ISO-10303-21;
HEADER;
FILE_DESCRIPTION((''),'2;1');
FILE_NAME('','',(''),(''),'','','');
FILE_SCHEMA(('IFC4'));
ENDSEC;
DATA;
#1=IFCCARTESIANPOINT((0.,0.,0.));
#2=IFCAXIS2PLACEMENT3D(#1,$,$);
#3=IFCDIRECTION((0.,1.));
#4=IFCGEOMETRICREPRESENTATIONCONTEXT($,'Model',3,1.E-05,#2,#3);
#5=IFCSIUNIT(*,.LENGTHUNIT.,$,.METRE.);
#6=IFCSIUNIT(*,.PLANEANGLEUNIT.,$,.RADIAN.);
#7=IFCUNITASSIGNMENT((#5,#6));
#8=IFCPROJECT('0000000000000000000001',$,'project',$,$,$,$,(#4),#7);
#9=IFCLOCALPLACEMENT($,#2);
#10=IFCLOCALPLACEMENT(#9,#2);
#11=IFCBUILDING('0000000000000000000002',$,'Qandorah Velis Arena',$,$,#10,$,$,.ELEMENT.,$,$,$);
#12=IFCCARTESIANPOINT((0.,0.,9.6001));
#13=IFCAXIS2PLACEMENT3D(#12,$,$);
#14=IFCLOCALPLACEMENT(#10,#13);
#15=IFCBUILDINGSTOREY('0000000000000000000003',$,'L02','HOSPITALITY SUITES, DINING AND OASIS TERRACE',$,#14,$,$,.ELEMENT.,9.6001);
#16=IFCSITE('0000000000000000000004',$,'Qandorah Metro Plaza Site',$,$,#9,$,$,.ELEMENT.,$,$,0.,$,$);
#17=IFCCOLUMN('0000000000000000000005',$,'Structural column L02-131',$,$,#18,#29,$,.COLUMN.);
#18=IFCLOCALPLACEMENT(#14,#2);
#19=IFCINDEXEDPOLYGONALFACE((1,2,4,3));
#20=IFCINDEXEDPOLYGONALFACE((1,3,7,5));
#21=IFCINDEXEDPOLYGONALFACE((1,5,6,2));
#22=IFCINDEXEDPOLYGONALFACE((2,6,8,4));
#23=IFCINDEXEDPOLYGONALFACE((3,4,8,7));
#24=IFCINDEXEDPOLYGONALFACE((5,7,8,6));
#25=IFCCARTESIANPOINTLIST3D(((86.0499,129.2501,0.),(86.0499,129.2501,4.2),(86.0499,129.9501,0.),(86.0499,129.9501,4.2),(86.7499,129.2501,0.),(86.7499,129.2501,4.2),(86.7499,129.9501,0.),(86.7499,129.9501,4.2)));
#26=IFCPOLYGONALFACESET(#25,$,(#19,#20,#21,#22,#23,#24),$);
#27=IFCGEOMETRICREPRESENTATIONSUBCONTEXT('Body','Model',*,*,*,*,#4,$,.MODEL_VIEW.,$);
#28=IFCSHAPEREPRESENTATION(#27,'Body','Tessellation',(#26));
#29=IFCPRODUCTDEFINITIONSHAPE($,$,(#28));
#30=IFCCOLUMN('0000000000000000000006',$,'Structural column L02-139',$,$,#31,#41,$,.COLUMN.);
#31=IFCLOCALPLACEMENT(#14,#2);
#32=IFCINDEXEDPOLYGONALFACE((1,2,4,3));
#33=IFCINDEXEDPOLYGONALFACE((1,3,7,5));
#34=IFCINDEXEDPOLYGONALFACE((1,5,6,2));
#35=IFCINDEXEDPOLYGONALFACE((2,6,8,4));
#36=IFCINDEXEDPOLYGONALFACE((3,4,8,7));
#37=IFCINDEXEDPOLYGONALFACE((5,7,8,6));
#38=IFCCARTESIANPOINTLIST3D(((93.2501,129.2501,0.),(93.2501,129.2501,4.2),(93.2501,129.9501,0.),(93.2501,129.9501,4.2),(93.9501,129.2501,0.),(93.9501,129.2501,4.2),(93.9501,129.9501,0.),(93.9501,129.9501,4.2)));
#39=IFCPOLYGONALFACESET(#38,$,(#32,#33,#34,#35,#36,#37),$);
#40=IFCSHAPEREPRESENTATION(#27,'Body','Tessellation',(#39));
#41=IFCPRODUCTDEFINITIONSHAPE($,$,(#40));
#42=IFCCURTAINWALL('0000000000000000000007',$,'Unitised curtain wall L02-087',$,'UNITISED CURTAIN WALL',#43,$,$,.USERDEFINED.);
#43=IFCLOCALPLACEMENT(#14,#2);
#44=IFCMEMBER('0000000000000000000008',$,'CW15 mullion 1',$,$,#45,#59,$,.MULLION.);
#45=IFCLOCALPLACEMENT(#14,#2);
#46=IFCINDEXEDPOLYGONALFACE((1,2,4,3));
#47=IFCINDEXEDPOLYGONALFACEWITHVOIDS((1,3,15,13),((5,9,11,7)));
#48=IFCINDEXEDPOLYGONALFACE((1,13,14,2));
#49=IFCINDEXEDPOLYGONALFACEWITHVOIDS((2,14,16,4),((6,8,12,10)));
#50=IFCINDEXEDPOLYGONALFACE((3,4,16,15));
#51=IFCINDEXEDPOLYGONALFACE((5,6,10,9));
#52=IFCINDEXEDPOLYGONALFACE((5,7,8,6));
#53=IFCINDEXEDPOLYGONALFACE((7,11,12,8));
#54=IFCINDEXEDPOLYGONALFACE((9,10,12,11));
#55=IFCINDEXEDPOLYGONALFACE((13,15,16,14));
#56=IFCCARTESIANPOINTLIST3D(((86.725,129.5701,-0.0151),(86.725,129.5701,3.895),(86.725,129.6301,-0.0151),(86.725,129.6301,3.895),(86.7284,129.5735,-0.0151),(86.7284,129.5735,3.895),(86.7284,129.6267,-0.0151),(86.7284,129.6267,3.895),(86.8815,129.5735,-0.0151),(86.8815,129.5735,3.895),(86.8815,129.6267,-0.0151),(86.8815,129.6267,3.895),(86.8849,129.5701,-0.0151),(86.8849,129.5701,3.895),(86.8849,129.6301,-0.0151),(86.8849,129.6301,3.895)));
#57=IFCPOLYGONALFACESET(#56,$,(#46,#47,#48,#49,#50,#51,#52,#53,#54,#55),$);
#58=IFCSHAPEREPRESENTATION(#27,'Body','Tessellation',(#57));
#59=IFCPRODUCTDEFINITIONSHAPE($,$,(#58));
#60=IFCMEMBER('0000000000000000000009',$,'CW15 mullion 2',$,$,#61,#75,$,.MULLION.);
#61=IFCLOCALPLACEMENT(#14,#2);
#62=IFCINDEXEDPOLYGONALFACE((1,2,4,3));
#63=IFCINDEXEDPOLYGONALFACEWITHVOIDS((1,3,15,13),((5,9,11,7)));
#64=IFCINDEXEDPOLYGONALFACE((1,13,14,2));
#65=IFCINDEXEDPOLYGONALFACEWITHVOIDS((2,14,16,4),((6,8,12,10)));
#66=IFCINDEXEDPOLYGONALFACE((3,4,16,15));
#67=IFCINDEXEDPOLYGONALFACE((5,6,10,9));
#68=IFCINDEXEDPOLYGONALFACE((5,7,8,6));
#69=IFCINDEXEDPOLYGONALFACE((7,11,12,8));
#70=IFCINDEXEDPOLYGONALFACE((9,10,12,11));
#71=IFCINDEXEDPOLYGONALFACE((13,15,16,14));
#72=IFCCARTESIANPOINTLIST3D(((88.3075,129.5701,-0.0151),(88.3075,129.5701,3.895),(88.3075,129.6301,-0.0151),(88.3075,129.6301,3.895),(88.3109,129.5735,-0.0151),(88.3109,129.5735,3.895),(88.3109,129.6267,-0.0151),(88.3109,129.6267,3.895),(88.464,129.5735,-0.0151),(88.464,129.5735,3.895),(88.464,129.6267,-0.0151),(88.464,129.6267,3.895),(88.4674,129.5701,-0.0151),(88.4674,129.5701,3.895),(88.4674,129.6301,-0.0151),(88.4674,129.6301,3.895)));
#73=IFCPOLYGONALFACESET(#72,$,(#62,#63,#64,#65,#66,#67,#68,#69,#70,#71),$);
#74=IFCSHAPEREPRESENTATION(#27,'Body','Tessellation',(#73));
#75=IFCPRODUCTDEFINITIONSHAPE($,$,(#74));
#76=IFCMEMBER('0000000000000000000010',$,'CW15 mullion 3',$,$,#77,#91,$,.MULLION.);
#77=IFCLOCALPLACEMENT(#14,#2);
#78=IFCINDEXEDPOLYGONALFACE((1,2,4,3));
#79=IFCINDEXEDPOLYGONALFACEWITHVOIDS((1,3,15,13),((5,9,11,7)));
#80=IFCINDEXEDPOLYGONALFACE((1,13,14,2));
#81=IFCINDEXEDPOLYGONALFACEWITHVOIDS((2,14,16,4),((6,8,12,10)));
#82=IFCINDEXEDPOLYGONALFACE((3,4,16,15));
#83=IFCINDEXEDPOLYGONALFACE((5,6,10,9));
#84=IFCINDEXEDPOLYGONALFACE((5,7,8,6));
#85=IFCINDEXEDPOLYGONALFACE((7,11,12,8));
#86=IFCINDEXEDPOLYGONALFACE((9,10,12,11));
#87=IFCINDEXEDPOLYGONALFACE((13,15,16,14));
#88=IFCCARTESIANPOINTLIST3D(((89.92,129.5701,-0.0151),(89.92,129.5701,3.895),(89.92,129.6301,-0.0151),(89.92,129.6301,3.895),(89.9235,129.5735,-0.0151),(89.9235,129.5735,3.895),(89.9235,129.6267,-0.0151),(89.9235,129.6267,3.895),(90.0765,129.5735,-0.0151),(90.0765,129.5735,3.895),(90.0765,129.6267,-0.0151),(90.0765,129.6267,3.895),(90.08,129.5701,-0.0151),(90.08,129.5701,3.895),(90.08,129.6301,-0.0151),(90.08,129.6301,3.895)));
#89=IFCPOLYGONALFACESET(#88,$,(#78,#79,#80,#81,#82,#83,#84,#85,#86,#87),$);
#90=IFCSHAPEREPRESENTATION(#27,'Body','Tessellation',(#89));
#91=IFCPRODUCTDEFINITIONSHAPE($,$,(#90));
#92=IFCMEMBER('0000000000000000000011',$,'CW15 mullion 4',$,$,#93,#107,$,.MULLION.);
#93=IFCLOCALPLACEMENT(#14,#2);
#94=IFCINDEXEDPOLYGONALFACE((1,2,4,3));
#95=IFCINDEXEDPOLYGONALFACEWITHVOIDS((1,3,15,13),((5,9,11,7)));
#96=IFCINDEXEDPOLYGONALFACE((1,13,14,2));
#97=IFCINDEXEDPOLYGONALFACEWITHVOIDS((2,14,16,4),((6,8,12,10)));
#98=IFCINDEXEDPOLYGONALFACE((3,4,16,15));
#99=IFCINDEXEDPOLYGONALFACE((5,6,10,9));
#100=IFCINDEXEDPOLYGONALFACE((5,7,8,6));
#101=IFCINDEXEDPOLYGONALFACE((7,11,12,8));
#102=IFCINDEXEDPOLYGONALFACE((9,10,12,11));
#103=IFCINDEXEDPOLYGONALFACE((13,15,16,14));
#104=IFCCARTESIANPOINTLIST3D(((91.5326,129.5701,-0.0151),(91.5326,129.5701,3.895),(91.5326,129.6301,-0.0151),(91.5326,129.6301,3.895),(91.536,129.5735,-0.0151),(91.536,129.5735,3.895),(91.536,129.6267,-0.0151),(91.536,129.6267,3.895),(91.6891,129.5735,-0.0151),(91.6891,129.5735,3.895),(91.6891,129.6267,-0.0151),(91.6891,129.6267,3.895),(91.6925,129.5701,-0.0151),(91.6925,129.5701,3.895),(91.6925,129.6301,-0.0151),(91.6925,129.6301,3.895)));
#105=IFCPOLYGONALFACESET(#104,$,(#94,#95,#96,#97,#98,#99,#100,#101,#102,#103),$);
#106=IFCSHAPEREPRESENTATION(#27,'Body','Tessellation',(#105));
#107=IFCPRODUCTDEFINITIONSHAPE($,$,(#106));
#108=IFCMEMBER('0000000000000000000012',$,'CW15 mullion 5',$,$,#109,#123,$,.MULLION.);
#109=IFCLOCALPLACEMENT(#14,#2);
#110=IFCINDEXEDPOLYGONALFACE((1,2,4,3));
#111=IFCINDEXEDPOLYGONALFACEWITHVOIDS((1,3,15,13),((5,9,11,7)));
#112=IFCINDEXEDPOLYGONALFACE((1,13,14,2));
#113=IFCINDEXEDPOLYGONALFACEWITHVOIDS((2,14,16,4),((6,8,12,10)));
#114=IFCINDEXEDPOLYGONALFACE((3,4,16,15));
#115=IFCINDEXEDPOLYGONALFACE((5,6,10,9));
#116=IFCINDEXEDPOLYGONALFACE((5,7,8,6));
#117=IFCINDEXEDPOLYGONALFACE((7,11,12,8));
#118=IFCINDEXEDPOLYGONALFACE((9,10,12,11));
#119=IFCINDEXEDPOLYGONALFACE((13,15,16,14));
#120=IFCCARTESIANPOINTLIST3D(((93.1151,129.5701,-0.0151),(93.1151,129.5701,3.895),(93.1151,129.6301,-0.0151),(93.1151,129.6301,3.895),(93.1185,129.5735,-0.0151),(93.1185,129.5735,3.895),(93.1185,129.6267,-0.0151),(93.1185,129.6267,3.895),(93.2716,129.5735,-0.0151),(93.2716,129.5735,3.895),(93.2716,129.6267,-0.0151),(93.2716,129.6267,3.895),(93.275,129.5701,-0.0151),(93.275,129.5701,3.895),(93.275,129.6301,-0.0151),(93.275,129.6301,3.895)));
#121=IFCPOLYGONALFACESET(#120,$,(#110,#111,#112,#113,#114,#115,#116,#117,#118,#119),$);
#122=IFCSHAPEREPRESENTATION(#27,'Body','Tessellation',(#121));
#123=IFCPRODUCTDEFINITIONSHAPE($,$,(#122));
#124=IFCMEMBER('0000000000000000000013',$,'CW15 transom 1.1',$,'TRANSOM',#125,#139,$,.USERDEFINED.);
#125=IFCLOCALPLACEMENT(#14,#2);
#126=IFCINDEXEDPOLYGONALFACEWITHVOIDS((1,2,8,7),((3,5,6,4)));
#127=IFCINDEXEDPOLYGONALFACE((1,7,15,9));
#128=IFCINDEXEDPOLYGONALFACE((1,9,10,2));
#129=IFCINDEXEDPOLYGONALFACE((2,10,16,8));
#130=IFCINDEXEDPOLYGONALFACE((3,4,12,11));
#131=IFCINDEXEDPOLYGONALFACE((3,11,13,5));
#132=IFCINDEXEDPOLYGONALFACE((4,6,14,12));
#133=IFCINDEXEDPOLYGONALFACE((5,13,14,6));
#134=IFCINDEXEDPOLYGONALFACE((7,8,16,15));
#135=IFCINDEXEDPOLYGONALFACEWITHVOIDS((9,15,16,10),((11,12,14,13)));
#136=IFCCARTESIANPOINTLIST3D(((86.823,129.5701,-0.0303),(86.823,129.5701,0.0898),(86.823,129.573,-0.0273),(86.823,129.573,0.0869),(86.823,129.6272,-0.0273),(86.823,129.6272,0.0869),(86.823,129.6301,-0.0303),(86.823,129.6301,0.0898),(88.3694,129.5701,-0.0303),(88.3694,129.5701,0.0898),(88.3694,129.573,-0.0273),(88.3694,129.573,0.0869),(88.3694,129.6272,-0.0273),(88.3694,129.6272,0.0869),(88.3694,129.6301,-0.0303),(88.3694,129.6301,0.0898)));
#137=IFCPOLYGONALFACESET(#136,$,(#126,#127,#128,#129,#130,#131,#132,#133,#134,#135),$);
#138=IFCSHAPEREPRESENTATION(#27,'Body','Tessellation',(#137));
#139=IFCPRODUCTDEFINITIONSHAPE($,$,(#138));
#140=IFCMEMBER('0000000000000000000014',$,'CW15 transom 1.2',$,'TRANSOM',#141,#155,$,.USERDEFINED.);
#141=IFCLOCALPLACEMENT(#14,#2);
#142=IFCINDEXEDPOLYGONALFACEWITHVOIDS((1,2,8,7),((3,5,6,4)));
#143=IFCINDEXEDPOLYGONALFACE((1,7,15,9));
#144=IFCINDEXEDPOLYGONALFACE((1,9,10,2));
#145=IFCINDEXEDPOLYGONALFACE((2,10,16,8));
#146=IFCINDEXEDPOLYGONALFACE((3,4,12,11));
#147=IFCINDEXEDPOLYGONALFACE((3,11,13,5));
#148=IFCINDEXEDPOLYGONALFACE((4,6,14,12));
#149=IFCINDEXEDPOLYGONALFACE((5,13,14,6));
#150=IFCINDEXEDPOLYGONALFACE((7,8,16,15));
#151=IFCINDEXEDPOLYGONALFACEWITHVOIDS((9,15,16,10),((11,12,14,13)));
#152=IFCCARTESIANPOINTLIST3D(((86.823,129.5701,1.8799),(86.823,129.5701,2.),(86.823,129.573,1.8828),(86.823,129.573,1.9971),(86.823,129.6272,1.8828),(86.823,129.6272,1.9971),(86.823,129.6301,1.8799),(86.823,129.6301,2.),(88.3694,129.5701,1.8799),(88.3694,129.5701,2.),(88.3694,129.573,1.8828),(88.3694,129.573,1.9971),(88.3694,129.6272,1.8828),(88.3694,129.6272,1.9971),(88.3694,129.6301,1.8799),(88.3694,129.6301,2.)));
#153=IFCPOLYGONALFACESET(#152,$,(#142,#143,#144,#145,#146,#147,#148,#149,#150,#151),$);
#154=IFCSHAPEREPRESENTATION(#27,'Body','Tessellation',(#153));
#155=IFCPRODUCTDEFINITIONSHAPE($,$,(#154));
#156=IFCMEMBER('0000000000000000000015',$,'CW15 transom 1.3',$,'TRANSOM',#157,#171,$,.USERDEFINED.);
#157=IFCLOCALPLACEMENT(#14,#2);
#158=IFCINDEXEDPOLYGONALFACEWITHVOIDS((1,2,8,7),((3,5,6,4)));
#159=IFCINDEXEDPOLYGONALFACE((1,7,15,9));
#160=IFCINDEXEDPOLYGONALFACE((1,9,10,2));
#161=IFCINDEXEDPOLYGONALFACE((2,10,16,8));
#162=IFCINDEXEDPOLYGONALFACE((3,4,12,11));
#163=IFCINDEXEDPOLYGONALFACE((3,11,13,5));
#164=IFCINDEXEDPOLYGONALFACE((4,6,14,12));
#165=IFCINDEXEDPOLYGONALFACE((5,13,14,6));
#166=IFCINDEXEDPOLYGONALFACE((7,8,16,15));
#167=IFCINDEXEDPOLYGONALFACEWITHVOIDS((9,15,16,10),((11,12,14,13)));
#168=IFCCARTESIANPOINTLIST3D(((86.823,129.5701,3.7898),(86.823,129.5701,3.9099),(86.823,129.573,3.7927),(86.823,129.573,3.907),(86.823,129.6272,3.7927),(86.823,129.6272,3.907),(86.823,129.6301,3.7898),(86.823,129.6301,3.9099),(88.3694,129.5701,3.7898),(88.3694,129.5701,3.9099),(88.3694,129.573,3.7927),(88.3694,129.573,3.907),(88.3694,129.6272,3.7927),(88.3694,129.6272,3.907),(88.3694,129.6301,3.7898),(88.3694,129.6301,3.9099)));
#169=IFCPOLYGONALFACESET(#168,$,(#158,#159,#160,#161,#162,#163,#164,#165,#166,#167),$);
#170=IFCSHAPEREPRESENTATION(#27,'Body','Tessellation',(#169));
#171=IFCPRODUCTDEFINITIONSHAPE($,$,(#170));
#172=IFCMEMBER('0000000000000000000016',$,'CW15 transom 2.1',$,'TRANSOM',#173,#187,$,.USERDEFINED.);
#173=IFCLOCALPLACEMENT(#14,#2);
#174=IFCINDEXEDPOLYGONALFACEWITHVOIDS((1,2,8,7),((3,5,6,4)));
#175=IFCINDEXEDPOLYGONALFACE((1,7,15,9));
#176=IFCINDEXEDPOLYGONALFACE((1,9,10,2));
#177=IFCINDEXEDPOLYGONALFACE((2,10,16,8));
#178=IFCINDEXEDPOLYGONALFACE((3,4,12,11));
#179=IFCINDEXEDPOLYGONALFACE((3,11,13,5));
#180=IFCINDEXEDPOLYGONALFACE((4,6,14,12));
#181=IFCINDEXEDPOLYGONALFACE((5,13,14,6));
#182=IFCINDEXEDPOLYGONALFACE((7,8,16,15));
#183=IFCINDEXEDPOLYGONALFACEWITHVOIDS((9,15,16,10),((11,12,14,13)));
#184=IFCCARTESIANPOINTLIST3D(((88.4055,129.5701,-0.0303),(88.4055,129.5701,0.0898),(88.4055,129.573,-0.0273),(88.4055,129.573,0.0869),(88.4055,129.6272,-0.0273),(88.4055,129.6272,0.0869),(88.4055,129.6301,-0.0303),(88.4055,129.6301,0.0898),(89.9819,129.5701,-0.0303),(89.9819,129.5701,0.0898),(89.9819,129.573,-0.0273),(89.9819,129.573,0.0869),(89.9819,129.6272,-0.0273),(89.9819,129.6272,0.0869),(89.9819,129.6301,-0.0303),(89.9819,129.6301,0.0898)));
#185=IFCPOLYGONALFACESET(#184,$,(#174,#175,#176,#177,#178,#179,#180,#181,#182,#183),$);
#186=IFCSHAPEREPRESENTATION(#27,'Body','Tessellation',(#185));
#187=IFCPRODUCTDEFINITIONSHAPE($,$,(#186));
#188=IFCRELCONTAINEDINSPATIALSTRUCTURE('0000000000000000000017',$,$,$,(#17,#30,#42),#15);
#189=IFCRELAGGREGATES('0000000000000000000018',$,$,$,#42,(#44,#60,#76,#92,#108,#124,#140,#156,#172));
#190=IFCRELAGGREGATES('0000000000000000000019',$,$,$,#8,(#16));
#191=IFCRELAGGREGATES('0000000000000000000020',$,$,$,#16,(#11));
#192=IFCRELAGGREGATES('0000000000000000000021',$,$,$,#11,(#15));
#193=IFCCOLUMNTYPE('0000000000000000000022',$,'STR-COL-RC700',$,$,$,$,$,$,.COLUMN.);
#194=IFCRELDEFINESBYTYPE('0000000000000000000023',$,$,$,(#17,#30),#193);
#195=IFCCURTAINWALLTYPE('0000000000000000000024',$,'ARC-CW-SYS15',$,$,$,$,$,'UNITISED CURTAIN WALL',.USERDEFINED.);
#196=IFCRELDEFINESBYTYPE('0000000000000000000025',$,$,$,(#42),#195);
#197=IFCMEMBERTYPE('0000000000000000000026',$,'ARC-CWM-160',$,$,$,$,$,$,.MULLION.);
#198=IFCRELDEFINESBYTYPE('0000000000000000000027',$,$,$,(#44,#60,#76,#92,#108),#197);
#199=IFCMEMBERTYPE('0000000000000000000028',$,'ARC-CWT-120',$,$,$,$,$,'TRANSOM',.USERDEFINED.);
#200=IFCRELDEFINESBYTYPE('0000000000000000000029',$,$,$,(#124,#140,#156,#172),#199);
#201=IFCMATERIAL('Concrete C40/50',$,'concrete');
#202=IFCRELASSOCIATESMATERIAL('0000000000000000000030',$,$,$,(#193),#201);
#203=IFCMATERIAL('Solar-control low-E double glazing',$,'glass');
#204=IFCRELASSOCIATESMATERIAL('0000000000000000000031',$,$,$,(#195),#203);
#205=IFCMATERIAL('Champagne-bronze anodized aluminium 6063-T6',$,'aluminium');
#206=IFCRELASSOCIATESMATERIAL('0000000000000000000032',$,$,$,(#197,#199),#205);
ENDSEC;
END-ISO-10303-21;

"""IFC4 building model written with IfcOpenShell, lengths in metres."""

from ifc_helpers import new_model, si_unit, direction, frame, origin, origin_2d, place, context, subcontext, project, spatial, rectangle, hollow_rectangle, extrude, material, material_profile, profile_set, type_object, element, aggregate, save


model = new_model("IFC4")

# Units and contexts
model_context = context("Model", 3, precision=1e-05, world=origin(), true_north=direction((0.0, 1.0)))
body_context = subcontext(model_context, "Body", "Model", "MODEL_VIEW")
ifc_project = project(units=[si_unit("LENGTHUNIT", "METRE"), si_unit("PLANEANGLEUNIT", "RADIAN")], contexts=[model_context])

# Site, building, storey
site_placement = place(None, origin())
site = spatial("IfcSite", under=ifc_project, at=site_placement, Name="Qandorah Metro Plaza Site", CompositionType="ELEMENT", RefElevation=0.0)
building_placement = place(site_placement, origin())
building = spatial("IfcBuilding", under=site, at=building_placement, Name="Qandorah Velis Arena", CompositionType="ELEMENT")
storey_placement = place(building_placement, frame((0.0, 0.0, 9.6001)))
storey = spatial("IfcBuildingStorey", under=building, at=storey_placement, Name="L02", Description="HOSPITALITY SUITES, DINING AND OASIS TERRACE", CompositionType="ELEMENT", Elevation=9.6001)

# Columns
ifc_material_1 = material(Name="Concrete C40/50", Category="concrete")
ifc_material_profile_1 = material_profile(ifc_material_1, rectangle(XDim=0.7, YDim=0.7, at=origin_2d()), Name="RC COL 700x700")
ifc_profile_set_1 = profile_set([ifc_material_profile_1], Name="Concrete C40/50")
column_type = type_object("IfcColumnType", Name="STR-COL-RC700", PredefinedType="COLUMN", material=ifc_profile_set_1)
for number, where, z_axis, x_axis, name in (
    (1, (86.3999, 129.6001, 0.0), (0.0, 0.0, 1.0), (1.0, 0.0, 0.0), "Structural column L02-131"),
    (2, (93.6001, 129.6001, 0.0), (0.0, 0.0, 1.0), (1.0, 0.0, 0.0), "Structural column L02-139"),
):
    element("IfcColumn", number, at=place(storey_placement, frame(where, z_axis=z_axis, x_axis=x_axis)), inside=storey, type_object=column_type, Name=name, PredefinedType="COLUMN", context=body_context, shape_type="SweptSolid", body=[
        extrude(rectangle(XDim=0.7, YDim=0.7, at=origin_2d()), origin(), (0.0, 0.0, 1.0), 4.2),
    ])

# Curtain wall, members
ifc_material_2 = material(Name="Solar-control low-E double glazing", Category="glass")
curtain_wall_type = type_object("IfcCurtainWallType", Name="ARC-CW-SYS15", ElementType="UNITISED CURTAIN WALL", PredefinedType="USERDEFINED", material=ifc_material_2)
curtain_wall_placement = place(storey_placement, origin())
curtain_wall = element("IfcCurtainWall", 3, at=curtain_wall_placement, inside=storey, type_object=curtain_wall_type, Name="Unitised curtain wall L02-087", ObjectType="UNITISED CURTAIN WALL", PredefinedType="USERDEFINED")
ifc_material_3 = material(Name="Champagne-bronze anodized aluminium 6063-T6", Category="aluminium")
ifc_material_profile_2 = material_profile(ifc_material_3, hollow_rectangle(XDim=0.0601, YDim=0.1599, WallThickness=0.0034, at=origin_2d()), Name="ALU MULLION 60x160")
ifc_profile_set_2 = profile_set([ifc_material_profile_2], Name="Champagne-bronze anodized aluminium 6063-T6")
member_type_1 = type_object("IfcMemberType", Name="ARC-CWM-160", PredefinedType="MULLION", material=ifc_profile_set_2)
member_1_placement = place(storey_placement, frame((86.8049, 129.6001, -0.0151), z_axis=(0.0, 0.0, 1.0), x_axis=(0.0, 1.0, 0.0)))
member_1 = element("IfcMember", 4, at=member_1_placement, type_object=member_type_1, Name="CW15 mullion 1", PredefinedType="MULLION", context=body_context, shape_type="SweptSolid", body=[
    extrude(hollow_rectangle(XDim=0.0601, YDim=0.1599, WallThickness=0.0034, at=origin_2d()), origin(), (0.0, 0.0, 1.0), 3.9102),
])
member_2_placement = place(storey_placement, frame((88.3875, 129.6001, -0.0151), z_axis=(0.0, 0.0, 1.0), x_axis=(0.0, 1.0, 0.0)))
member_2 = element("IfcMember", 5, at=member_2_placement, type_object=member_type_1, Name="CW15 mullion 2", PredefinedType="MULLION", context=body_context, shape_type="SweptSolid", body=[
    extrude(hollow_rectangle(XDim=0.0601, YDim=0.1599, WallThickness=0.0034, at=origin_2d()), origin(), (0.0, 0.0, 1.0), 3.9102),
])
member_3_placement = place(storey_placement, frame((90.0, 129.6001, -0.0151), z_axis=(0.0, 0.0, 1.0), x_axis=(0.0, 1.0, 0.0)))
member_3 = element("IfcMember", 6, at=member_3_placement, type_object=member_type_1, Name="CW15 mullion 3", PredefinedType="MULLION", context=body_context, shape_type="SweptSolid", body=[
    extrude(hollow_rectangle(XDim=0.0601, YDim=0.1599, WallThickness=0.0034, at=origin_2d()), origin(), (0.0, 0.0, 1.0), 3.9102),
])
member_4_placement = place(storey_placement, frame((91.6125, 129.6001, -0.0151), z_axis=(0.0, 0.0, 1.0), x_axis=(0.0, 1.0, 0.0)))
member_4 = element("IfcMember", 7, at=member_4_placement, type_object=member_type_1, Name="CW15 mullion 4", PredefinedType="MULLION", context=body_context, shape_type="SweptSolid", body=[
    extrude(hollow_rectangle(XDim=0.0601, YDim=0.1599, WallThickness=0.0034, at=origin_2d()), origin(), (0.0, 0.0, 1.0), 3.9102),
])
member_5_placement = place(storey_placement, frame((93.1951, 129.6001, -0.0151), z_axis=(0.0, 0.0, 1.0), x_axis=(0.0, 1.0, 0.0)))
member_5 = element("IfcMember", 8, at=member_5_placement, type_object=member_type_1, Name="CW15 mullion 5", PredefinedType="MULLION", context=body_context, shape_type="SweptSolid", body=[
    extrude(hollow_rectangle(XDim=0.0601, YDim=0.1599, WallThickness=0.0034, at=origin_2d()), origin(), (0.0, 0.0, 1.0), 3.9102),
])
ifc_material_profile_3 = material_profile(ifc_material_3, hollow_rectangle(XDim=0.0601, YDim=0.1201, WallThickness=0.0029, at=origin_2d()), Name="ALU TRANSOM 60x120")
ifc_profile_set_3 = profile_set([ifc_material_profile_3], Name="Champagne-bronze anodized aluminium 6063-T6")
member_type_2 = type_object("IfcMemberType", Name="ARC-CWT-120", ElementType="TRANSOM", PredefinedType="USERDEFINED", material=ifc_profile_set_3)
member_6_placement = place(storey_placement, frame((86.823, 129.6001, 0.0298), z_axis=(1.0, 0.0, 0.0), x_axis=(0.0, 1.0, 0.0)))
member_6 = element("IfcMember", 9, at=member_6_placement, type_object=member_type_2, Name="CW15 transom 1.1", ObjectType="TRANSOM", PredefinedType="USERDEFINED", context=body_context, shape_type="SweptSolid", body=[
    extrude(hollow_rectangle(XDim=0.0601, YDim=0.1201, WallThickness=0.0029, at=origin_2d()), origin(), (0.0, 0.0, 1.0), 1.5464),
])
member_7_placement = place(storey_placement, frame((86.823, 129.6001, 1.9399), z_axis=(1.0, 0.0, 0.0), x_axis=(0.0, 1.0, 0.0)))
member_7 = element("IfcMember", 10, at=member_7_placement, type_object=member_type_2, Name="CW15 transom 1.2", ObjectType="TRANSOM", PredefinedType="USERDEFINED", context=body_context, shape_type="SweptSolid", body=[
    extrude(hollow_rectangle(XDim=0.0601, YDim=0.1201, WallThickness=0.0029, at=origin_2d()), origin(), (0.0, 0.0, 1.0), 1.5464),
])
member_8_placement = place(storey_placement, frame((86.823, 129.6001, 3.8499), z_axis=(1.0, 0.0, 0.0), x_axis=(0.0, 1.0, 0.0)))
member_8 = element("IfcMember", 11, at=member_8_placement, type_object=member_type_2, Name="CW15 transom 1.3", ObjectType="TRANSOM", PredefinedType="USERDEFINED", context=body_context, shape_type="SweptSolid", body=[
    extrude(hollow_rectangle(XDim=0.0601, YDim=0.1201, WallThickness=0.0029, at=origin_2d()), origin(), (0.0, 0.0, 1.0), 1.5464),
])
member_9_placement = place(storey_placement, frame((88.4055, 129.6001, 0.0298), z_axis=(1.0, 0.0, 0.0), x_axis=(0.0, 1.0, 0.0)))
member_9 = element("IfcMember", 12, at=member_9_placement, type_object=member_type_2, Name="CW15 transom 2.1", ObjectType="TRANSOM", PredefinedType="USERDEFINED", context=body_context, shape_type="SweptSolid", body=[
    extrude(hollow_rectangle(XDim=0.0601, YDim=0.1201, WallThickness=0.0029, at=origin_2d()), origin(), (0.0, 0.0, 1.0), 1.5764),
])

aggregate(curtain_wall, [member_1, member_2, member_3, member_4, member_5, member_6, member_7, member_8, member_9])

save(model, "model.ifc")
